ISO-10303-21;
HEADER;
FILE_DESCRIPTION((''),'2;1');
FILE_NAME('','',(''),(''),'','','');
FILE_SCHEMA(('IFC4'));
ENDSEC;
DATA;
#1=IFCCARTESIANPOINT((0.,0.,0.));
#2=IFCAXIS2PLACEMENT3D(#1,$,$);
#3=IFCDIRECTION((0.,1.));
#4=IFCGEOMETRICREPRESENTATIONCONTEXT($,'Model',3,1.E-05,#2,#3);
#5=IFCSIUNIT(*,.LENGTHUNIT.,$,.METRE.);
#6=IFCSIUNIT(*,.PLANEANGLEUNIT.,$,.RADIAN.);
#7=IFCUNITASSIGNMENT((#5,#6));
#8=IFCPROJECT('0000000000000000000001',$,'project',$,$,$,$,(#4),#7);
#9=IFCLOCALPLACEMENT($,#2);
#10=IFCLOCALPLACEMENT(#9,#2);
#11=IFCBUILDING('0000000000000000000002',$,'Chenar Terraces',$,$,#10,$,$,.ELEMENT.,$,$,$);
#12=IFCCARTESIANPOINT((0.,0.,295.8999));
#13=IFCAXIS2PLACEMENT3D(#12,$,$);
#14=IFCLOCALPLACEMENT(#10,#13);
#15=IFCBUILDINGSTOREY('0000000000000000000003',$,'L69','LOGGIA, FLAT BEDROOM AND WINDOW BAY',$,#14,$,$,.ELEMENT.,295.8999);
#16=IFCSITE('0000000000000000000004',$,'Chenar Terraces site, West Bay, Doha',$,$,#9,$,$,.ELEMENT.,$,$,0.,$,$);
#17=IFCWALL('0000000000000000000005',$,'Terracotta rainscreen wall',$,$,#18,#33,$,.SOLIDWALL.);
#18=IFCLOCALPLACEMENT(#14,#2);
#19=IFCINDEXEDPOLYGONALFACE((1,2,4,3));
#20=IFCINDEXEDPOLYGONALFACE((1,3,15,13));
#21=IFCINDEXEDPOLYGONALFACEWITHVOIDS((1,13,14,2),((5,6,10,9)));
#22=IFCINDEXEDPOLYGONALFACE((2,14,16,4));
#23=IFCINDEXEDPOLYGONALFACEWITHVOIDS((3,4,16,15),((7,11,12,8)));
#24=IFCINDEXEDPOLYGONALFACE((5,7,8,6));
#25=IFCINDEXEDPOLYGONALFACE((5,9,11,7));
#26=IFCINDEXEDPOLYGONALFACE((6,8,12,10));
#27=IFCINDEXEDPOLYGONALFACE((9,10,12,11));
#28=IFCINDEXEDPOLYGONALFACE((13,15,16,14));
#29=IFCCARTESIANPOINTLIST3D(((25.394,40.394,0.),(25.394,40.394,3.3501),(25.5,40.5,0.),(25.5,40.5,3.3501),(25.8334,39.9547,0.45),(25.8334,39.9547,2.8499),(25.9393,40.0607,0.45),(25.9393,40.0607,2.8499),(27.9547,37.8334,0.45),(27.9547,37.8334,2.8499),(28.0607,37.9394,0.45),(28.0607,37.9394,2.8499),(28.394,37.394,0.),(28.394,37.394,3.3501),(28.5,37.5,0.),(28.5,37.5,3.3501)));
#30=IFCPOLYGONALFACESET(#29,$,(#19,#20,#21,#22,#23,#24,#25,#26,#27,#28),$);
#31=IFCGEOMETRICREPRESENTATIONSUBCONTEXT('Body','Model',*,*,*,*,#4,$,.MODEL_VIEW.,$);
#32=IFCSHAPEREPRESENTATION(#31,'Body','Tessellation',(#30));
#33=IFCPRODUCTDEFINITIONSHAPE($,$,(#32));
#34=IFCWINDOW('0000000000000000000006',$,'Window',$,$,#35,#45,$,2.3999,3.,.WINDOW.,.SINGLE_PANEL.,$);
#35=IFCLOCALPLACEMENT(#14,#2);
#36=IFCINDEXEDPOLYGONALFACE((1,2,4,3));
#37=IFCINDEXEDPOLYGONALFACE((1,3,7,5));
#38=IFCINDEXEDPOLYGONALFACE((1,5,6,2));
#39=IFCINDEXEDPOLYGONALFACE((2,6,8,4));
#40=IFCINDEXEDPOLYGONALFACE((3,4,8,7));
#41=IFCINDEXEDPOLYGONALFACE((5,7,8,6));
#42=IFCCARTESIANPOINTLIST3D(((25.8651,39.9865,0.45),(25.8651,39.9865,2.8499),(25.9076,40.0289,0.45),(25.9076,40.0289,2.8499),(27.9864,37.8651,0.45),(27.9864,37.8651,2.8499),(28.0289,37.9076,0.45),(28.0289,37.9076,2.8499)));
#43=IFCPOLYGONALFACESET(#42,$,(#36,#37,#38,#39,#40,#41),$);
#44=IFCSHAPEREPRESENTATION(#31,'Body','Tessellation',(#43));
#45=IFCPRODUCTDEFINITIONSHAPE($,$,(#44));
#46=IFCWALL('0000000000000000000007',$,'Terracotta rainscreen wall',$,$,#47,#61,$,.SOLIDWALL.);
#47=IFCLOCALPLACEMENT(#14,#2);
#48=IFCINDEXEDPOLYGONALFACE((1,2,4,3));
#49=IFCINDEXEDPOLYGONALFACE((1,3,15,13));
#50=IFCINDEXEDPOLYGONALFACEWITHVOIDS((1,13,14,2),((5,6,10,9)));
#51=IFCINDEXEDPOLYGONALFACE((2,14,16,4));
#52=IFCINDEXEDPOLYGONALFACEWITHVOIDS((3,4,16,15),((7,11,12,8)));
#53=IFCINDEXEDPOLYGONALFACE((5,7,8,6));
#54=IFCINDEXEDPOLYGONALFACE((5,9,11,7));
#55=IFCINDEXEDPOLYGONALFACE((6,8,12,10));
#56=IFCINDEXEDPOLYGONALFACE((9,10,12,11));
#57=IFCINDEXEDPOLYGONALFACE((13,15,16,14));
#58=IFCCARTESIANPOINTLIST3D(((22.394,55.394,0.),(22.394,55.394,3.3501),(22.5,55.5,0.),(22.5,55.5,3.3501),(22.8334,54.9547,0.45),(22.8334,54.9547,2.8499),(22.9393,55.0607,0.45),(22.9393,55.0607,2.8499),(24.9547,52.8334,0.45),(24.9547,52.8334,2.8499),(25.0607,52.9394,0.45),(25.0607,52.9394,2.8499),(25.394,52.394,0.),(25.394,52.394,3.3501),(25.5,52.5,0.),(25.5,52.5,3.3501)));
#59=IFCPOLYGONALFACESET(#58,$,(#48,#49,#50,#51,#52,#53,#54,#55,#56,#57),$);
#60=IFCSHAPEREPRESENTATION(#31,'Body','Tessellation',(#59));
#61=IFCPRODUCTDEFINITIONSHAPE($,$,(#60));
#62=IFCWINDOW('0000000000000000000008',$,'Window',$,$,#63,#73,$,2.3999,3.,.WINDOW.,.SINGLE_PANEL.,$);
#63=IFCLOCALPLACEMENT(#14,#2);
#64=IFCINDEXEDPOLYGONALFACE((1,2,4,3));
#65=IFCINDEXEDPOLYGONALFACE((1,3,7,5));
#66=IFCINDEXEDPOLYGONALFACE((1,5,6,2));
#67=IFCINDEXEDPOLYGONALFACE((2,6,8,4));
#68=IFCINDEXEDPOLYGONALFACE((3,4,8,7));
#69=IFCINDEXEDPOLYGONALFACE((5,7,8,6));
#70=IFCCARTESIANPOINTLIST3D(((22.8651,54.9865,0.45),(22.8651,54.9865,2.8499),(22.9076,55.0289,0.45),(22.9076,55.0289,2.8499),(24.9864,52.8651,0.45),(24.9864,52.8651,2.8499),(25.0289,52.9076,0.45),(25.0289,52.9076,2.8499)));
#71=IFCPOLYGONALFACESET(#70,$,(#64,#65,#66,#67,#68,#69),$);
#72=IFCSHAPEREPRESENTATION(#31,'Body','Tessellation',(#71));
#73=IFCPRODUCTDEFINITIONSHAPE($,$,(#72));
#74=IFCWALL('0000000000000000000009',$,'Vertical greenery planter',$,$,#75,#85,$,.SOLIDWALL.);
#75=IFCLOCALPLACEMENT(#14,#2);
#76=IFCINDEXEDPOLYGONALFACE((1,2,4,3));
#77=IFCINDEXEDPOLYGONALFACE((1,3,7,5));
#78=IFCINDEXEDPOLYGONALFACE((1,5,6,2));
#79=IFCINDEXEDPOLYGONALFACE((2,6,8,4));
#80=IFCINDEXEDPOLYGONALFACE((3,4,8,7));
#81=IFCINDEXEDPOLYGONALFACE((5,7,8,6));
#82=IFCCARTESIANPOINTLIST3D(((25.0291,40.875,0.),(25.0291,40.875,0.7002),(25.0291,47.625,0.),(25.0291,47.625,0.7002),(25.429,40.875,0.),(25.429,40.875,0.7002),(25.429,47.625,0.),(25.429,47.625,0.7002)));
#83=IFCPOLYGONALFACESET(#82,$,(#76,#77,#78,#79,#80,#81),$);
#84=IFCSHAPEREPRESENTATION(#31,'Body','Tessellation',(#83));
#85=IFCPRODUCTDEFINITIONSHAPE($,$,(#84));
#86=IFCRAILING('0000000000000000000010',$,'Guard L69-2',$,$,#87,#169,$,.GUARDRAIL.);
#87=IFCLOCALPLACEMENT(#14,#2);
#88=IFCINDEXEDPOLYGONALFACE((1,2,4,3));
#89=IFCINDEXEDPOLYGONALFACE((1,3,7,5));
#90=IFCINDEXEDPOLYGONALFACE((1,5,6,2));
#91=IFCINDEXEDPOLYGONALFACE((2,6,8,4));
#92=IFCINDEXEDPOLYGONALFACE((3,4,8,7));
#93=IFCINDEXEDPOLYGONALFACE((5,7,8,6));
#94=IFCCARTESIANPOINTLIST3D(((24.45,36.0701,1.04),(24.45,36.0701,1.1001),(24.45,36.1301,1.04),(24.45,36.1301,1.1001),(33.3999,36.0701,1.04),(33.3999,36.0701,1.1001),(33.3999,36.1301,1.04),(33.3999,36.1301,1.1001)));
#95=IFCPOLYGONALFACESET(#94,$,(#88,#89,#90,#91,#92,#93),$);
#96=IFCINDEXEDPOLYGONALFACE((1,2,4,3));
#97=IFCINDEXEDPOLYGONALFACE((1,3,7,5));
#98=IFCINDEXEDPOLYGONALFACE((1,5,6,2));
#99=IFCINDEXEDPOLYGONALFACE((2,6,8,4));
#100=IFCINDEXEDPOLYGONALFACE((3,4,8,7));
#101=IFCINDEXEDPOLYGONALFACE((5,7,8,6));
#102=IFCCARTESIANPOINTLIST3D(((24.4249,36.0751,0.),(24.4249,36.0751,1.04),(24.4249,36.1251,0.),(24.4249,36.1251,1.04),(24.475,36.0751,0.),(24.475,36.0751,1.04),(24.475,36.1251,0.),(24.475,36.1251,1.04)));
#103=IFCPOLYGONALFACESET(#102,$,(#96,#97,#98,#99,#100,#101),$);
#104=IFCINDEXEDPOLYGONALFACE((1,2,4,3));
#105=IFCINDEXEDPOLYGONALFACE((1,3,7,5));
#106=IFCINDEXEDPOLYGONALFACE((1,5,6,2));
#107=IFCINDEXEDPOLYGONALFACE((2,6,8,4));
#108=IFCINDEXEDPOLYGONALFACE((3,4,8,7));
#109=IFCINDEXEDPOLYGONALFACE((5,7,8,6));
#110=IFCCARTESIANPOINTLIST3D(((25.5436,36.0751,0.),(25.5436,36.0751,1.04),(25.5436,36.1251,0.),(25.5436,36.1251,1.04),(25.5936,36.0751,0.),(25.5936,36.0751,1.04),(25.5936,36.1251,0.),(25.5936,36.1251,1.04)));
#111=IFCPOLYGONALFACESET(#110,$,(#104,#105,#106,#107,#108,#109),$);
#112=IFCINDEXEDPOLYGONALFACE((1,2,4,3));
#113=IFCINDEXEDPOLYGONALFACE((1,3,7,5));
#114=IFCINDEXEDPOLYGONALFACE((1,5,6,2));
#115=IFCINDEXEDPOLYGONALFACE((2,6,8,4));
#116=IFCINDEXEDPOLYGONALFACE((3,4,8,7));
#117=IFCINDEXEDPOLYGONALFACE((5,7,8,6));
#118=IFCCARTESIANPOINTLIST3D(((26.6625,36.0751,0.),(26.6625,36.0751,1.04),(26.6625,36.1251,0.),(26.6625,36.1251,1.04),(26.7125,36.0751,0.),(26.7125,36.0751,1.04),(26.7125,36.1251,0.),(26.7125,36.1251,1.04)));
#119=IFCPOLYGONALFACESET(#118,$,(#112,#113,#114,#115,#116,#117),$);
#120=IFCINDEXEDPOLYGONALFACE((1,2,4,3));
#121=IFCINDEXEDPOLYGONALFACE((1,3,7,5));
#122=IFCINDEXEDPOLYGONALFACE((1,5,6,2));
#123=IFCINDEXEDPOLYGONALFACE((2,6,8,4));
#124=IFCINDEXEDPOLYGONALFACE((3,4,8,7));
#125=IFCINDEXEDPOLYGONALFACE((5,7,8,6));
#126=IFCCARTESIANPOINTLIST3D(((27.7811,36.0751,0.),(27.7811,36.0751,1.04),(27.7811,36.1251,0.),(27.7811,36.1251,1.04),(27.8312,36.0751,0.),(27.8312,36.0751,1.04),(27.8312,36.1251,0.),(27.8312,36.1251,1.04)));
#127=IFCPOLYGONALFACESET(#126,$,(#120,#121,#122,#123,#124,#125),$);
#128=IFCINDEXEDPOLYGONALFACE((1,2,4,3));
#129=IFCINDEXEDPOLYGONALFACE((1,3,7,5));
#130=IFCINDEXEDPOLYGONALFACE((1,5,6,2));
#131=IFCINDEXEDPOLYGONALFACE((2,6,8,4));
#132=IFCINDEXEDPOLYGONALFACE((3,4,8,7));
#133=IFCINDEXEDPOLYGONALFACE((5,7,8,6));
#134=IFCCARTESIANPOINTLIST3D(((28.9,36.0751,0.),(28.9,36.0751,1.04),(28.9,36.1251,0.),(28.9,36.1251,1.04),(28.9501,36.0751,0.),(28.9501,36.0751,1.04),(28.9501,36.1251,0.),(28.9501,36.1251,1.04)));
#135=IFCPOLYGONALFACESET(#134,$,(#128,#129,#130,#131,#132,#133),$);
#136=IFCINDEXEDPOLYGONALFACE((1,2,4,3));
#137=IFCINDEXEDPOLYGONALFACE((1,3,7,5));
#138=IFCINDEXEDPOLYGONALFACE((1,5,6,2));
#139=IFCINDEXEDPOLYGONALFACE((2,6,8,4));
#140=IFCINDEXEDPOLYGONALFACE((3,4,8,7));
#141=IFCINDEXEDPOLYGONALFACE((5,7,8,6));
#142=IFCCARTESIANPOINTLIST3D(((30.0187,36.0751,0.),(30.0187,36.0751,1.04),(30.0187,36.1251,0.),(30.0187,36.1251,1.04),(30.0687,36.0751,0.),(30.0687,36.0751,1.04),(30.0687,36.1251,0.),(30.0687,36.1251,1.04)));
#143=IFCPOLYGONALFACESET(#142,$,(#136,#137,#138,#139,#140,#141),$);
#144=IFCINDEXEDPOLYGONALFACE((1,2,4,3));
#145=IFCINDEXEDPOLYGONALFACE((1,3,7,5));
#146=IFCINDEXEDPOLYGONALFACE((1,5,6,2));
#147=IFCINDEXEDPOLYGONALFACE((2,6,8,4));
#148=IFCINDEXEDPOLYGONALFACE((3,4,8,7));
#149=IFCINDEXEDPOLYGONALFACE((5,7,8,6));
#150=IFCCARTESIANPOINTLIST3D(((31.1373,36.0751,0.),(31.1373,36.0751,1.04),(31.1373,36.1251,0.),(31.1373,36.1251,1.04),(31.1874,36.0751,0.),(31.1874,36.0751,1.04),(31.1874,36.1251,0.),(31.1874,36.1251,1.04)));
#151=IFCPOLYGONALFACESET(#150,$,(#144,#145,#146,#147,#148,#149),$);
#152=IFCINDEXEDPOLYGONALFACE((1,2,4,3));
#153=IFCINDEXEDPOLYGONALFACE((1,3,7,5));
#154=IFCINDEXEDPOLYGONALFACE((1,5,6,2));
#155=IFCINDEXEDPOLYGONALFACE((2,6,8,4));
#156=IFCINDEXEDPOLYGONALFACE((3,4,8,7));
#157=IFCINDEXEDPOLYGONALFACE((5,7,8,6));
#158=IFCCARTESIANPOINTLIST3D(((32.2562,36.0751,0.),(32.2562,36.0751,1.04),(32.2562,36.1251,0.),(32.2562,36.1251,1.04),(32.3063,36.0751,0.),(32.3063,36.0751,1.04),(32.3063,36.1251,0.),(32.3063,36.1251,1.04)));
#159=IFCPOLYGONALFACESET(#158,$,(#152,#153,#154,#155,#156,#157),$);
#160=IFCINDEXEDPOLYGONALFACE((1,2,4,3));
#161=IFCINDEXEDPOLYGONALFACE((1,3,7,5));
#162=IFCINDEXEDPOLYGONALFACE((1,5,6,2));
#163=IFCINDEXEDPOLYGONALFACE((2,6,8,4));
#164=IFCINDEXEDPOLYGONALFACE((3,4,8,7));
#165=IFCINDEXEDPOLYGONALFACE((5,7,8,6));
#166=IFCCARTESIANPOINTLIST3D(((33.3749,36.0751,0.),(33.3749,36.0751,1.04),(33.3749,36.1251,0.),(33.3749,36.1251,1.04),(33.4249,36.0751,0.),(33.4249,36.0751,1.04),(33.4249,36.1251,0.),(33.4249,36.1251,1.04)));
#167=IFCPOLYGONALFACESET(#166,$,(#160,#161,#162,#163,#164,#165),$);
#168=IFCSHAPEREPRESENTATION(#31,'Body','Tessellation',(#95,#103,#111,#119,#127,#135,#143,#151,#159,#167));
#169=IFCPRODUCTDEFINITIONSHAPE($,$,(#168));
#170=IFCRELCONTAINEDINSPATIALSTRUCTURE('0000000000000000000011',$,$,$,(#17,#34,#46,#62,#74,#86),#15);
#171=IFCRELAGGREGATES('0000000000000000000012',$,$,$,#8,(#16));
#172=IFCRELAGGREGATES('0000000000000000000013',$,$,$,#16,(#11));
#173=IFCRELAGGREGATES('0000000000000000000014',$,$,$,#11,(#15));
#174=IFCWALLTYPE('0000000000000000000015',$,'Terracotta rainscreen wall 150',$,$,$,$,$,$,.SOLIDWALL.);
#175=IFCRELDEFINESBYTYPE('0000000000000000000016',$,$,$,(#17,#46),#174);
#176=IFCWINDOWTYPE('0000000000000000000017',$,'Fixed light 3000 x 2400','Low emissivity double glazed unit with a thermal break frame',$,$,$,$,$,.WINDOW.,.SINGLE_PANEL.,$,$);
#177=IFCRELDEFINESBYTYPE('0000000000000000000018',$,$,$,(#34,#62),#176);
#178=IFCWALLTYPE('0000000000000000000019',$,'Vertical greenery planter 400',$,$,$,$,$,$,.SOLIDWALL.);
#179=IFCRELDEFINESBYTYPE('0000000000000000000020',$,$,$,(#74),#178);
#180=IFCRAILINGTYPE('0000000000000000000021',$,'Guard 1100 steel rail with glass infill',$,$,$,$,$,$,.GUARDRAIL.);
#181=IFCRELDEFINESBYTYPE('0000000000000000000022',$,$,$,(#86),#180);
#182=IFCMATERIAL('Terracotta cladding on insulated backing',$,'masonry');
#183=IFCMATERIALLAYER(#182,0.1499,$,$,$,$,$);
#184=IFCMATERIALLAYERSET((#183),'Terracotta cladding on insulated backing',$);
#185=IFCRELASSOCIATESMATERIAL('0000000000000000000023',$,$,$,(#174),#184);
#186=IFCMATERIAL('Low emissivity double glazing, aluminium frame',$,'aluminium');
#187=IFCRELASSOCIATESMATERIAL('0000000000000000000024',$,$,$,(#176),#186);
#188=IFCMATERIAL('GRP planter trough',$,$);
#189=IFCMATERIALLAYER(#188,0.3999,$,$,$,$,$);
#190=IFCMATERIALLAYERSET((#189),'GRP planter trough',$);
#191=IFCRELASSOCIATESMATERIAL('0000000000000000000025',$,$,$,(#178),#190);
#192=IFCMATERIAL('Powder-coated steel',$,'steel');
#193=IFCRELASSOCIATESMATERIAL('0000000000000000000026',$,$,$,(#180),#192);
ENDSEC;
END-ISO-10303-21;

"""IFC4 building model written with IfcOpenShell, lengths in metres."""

from ifc_helpers import new_model, si_unit, direction, frame, frame_2d, origin, origin_2d, place, context, subcontext, project, spatial, rectangle, extrude, material, layer, layer_set, type_object, element, fill, save


model = new_model("IFC4")

# Units and contexts
model_context = context("Model", 3, precision=1e-05, world=origin(), true_north=direction((0.0, 1.0)))
body_context = subcontext(model_context, "Body", "Model", "MODEL_VIEW")
ifc_project = project(units=[si_unit("LENGTHUNIT", "METRE"), si_unit("PLANEANGLEUNIT", "RADIAN")], contexts=[model_context])

# Site, building, storey
site_placement = place(None, origin())
site = spatial("IfcSite", under=ifc_project, at=site_placement, Name="Chenar Terraces site, West Bay, Doha", CompositionType="ELEMENT", RefElevation=0.0)
building_placement = place(site_placement, origin())
building = spatial("IfcBuilding", under=site, at=building_placement, Name="Chenar Terraces", CompositionType="ELEMENT")
storey_placement = place(building_placement, frame((0.0, 0.0, 295.8999)))
storey = spatial("IfcBuildingStorey", under=building, at=storey_placement, Name="L69", Description="LOGGIA, FLAT BEDROOM AND WINDOW BAY", CompositionType="ELEMENT", Elevation=295.8999)

# Walls, openings, windows
ifc_material_1 = material(Name="Terracotta cladding on insulated backing", Category="masonry")
ifc_layer_1 = layer(ifc_material_1, 0.1499)
ifc_layer_set_1 = layer_set([ifc_layer_1], Name="Terracotta cladding on insulated backing")
wall_type_1 = type_object("IfcWallType", Name="Terracotta rainscreen wall 150", PredefinedType="SOLIDWALL", material=ifc_layer_set_1)
wall_1_placement = place(storey_placement, frame((28.447, 37.447, 0.0), z_axis=(0.0, 0.0, 1.0), x_axis=(-0.707107, 0.707107, 0.0)))
wall_1 = element("IfcWall", 1, at=wall_1_placement, inside=storey, type_object=wall_type_1, Name="Terracotta rainscreen wall", PredefinedType="SOLIDWALL", context=body_context, shape_type="SweptSolid", body=[
    extrude(rectangle(XDim=4.2427, YDim=0.1499, at=frame_2d((2.1213, 0.0))), origin(), (0.0, 0.0, 1.0), 3.3501),
])
opening_1_placement = place(wall_1_placement, frame((0.6213, 0.0, 0.45)))
opening_1 = element("IfcOpeningElement", 2, at=opening_1_placement, cuts=wall_1, PredefinedType="OPENING", context=body_context, shape_type="SweptSolid", body=[
    extrude(rectangle(XDim=3.0, YDim=2.3999, at=frame_2d((1.5, 1.2))), frame((0.0, 0.085, 0.0), z_axis=(0.0, -1.0, 0.0), x_axis=(1.0, 0.0, 0.0)), (0.0, 0.0, 1.0), 0.1699),
])
ifc_material_2 = material(Name="Low emissivity double glazing, aluminium frame", Category="aluminium")
window_type_1 = type_object("IfcWindowType", Name="Fixed light 3000 x 2400", Description="Low emissivity double glazed unit with a thermal break frame", PartitioningType="SINGLE_PANEL", PredefinedType="WINDOW", material=ifc_material_2)
window_1_placement = place(opening_1_placement, origin())
window_1 = element("IfcWindow", 3, at=window_1_placement, inside=storey, type_object=window_type_1, Name="Window", OverallHeight=2.3999, OverallWidth=3.0, PartitioningType="SINGLE_PANEL", PredefinedType="WINDOW", context=body_context, shape_type="SweptSolid", body=[
    extrude(rectangle(XDim=3.0, YDim=2.3999, at=frame_2d((1.5, 1.2))), frame((0.0, 0.03, 0.0), z_axis=(0.0, -1.0, 0.0), x_axis=(1.0, 0.0, 0.0)), (0.0, 0.0, 1.0), 0.0601),
])
fill(opening_1, window_1)
wall_2_placement = place(storey_placement, frame((25.447, 52.447, 0.0), z_axis=(0.0, 0.0, 1.0), x_axis=(-0.707107, 0.707107, 0.0)))
wall_2 = element("IfcWall", 4, at=wall_2_placement, inside=storey, type_object=wall_type_1, Name="Terracotta rainscreen wall", PredefinedType="SOLIDWALL", context=body_context, shape_type="SweptSolid", body=[
    extrude(rectangle(XDim=4.2427, YDim=0.1499, at=frame_2d((2.1213, 0.0))), origin(), (0.0, 0.0, 1.0), 3.3501),
])
opening_2_placement = place(wall_2_placement, frame((0.6213, 0.0, 0.45)))
opening_2 = element("IfcOpeningElement", 5, at=opening_2_placement, cuts=wall_2, PredefinedType="OPENING", context=body_context, shape_type="SweptSolid", body=[
    extrude(rectangle(XDim=3.0, YDim=2.3999, at=frame_2d((1.5, 1.2))), frame((0.0, 0.085, 0.0), z_axis=(0.0, -1.0, 0.0), x_axis=(1.0, 0.0, 0.0)), (0.0, 0.0, 1.0), 0.1699),
])
window_2_placement = place(opening_2_placement, origin())
window_2 = element("IfcWindow", 6, at=window_2_placement, inside=storey, type_object=window_type_1, Name="Window", OverallHeight=2.3999, OverallWidth=3.0, PartitioningType="SINGLE_PANEL", PredefinedType="WINDOW", context=body_context, shape_type="SweptSolid", body=[
    extrude(rectangle(XDim=3.0, YDim=2.3999, at=frame_2d((1.5, 1.2))), frame((0.0, 0.03, 0.0), z_axis=(0.0, -1.0, 0.0), x_axis=(1.0, 0.0, 0.0)), (0.0, 0.0, 1.0), 0.0601),
])
fill(opening_2, window_2)

# Wall
ifc_material_3 = material(Name="GRP planter trough")
ifc_layer_2 = layer(ifc_material_3, 0.3999)
ifc_layer_set_2 = layer_set([ifc_layer_2], Name="GRP planter trough")
wall_type_2 = type_object("IfcWallType", Name="Vertical greenery planter 400", PredefinedType="SOLIDWALL", material=ifc_layer_set_2)
wall_3_placement = place(storey_placement, frame((25.229, 40.875, 0.0), z_axis=(0.0, 0.0, 1.0), x_axis=(0.0, 1.0, 0.0)))
element("IfcWall", 7, at=wall_3_placement, inside=storey, type_object=wall_type_2, Name="Vertical greenery planter", PredefinedType="SOLIDWALL", context=body_context, shape_type="SweptSolid", body=[
    extrude(rectangle(XDim=6.75, YDim=0.3999, at=frame_2d((3.375, 0.0))), origin(), (0.0, 0.0, 1.0), 0.7002),
])

# Railing
ifc_material_4 = material(Name="Powder-coated steel", Category="steel")
railing_type_1 = type_object("IfcRailingType", Name="Guard 1100 steel rail with glass infill", PredefinedType="GUARDRAIL", material=ifc_material_4)
railing_1_placement = place(storey_placement, frame((24.45, 36.1001, 0.0)))
element("IfcRailing", 8, at=railing_1_placement, inside=storey, type_object=railing_type_1, Name="Guard L69-2", PredefinedType="GUARDRAIL", context=body_context, shape_type="SweptSolid", body=[
    extrude(rectangle(XDim=0.0601, YDim=0.0601, at=origin_2d()), frame((0.0, 0.0, 1.0701), z_axis=(1.0, 0.0, 0.0), x_axis=(0.0, 1.0, 0.0)), (0.0, 0.0, 1.0), 8.95),
    extrude(rectangle(XDim=0.05, YDim=0.05, at=origin_2d()), origin(), (0.0, 0.0, 1.0), 1.04),
    extrude(rectangle(XDim=0.05, YDim=0.05, at=origin_2d()), frame((1.1187, 0.0, 0.0)), (0.0, 0.0, 1.0), 1.04),
    extrude(rectangle(XDim=0.05, YDim=0.05, at=origin_2d()), frame((2.2375, 0.0, 0.0)), (0.0, 0.0, 1.0), 1.04),
    extrude(rectangle(XDim=0.05, YDim=0.05, at=origin_2d()), frame((3.3562, 0.0, 0.0)), (0.0, 0.0, 1.0), 1.04),
    extrude(rectangle(XDim=0.05, YDim=0.05, at=origin_2d()), frame((4.4751, 0.0, 0.0)), (0.0, 0.0, 1.0), 1.04),
    extrude(rectangle(XDim=0.05, YDim=0.05, at=origin_2d()), frame((5.5938, 0.0, 0.0)), (0.0, 0.0, 1.0), 1.04),
    extrude(rectangle(XDim=0.05, YDim=0.05, at=origin_2d()), frame((6.7124, 0.0, 0.0)), (0.0, 0.0, 1.0), 1.04),
    extrude(rectangle(XDim=0.05, YDim=0.05, at=origin_2d()), frame((7.8313, 0.0, 0.0)), (0.0, 0.0, 1.0), 1.04),
    extrude(rectangle(XDim=0.05, YDim=0.05, at=origin_2d()), frame((8.95, 0.0, 0.0)), (0.0, 0.0, 1.0), 1.04),
])

save(model, "model.ifc")
